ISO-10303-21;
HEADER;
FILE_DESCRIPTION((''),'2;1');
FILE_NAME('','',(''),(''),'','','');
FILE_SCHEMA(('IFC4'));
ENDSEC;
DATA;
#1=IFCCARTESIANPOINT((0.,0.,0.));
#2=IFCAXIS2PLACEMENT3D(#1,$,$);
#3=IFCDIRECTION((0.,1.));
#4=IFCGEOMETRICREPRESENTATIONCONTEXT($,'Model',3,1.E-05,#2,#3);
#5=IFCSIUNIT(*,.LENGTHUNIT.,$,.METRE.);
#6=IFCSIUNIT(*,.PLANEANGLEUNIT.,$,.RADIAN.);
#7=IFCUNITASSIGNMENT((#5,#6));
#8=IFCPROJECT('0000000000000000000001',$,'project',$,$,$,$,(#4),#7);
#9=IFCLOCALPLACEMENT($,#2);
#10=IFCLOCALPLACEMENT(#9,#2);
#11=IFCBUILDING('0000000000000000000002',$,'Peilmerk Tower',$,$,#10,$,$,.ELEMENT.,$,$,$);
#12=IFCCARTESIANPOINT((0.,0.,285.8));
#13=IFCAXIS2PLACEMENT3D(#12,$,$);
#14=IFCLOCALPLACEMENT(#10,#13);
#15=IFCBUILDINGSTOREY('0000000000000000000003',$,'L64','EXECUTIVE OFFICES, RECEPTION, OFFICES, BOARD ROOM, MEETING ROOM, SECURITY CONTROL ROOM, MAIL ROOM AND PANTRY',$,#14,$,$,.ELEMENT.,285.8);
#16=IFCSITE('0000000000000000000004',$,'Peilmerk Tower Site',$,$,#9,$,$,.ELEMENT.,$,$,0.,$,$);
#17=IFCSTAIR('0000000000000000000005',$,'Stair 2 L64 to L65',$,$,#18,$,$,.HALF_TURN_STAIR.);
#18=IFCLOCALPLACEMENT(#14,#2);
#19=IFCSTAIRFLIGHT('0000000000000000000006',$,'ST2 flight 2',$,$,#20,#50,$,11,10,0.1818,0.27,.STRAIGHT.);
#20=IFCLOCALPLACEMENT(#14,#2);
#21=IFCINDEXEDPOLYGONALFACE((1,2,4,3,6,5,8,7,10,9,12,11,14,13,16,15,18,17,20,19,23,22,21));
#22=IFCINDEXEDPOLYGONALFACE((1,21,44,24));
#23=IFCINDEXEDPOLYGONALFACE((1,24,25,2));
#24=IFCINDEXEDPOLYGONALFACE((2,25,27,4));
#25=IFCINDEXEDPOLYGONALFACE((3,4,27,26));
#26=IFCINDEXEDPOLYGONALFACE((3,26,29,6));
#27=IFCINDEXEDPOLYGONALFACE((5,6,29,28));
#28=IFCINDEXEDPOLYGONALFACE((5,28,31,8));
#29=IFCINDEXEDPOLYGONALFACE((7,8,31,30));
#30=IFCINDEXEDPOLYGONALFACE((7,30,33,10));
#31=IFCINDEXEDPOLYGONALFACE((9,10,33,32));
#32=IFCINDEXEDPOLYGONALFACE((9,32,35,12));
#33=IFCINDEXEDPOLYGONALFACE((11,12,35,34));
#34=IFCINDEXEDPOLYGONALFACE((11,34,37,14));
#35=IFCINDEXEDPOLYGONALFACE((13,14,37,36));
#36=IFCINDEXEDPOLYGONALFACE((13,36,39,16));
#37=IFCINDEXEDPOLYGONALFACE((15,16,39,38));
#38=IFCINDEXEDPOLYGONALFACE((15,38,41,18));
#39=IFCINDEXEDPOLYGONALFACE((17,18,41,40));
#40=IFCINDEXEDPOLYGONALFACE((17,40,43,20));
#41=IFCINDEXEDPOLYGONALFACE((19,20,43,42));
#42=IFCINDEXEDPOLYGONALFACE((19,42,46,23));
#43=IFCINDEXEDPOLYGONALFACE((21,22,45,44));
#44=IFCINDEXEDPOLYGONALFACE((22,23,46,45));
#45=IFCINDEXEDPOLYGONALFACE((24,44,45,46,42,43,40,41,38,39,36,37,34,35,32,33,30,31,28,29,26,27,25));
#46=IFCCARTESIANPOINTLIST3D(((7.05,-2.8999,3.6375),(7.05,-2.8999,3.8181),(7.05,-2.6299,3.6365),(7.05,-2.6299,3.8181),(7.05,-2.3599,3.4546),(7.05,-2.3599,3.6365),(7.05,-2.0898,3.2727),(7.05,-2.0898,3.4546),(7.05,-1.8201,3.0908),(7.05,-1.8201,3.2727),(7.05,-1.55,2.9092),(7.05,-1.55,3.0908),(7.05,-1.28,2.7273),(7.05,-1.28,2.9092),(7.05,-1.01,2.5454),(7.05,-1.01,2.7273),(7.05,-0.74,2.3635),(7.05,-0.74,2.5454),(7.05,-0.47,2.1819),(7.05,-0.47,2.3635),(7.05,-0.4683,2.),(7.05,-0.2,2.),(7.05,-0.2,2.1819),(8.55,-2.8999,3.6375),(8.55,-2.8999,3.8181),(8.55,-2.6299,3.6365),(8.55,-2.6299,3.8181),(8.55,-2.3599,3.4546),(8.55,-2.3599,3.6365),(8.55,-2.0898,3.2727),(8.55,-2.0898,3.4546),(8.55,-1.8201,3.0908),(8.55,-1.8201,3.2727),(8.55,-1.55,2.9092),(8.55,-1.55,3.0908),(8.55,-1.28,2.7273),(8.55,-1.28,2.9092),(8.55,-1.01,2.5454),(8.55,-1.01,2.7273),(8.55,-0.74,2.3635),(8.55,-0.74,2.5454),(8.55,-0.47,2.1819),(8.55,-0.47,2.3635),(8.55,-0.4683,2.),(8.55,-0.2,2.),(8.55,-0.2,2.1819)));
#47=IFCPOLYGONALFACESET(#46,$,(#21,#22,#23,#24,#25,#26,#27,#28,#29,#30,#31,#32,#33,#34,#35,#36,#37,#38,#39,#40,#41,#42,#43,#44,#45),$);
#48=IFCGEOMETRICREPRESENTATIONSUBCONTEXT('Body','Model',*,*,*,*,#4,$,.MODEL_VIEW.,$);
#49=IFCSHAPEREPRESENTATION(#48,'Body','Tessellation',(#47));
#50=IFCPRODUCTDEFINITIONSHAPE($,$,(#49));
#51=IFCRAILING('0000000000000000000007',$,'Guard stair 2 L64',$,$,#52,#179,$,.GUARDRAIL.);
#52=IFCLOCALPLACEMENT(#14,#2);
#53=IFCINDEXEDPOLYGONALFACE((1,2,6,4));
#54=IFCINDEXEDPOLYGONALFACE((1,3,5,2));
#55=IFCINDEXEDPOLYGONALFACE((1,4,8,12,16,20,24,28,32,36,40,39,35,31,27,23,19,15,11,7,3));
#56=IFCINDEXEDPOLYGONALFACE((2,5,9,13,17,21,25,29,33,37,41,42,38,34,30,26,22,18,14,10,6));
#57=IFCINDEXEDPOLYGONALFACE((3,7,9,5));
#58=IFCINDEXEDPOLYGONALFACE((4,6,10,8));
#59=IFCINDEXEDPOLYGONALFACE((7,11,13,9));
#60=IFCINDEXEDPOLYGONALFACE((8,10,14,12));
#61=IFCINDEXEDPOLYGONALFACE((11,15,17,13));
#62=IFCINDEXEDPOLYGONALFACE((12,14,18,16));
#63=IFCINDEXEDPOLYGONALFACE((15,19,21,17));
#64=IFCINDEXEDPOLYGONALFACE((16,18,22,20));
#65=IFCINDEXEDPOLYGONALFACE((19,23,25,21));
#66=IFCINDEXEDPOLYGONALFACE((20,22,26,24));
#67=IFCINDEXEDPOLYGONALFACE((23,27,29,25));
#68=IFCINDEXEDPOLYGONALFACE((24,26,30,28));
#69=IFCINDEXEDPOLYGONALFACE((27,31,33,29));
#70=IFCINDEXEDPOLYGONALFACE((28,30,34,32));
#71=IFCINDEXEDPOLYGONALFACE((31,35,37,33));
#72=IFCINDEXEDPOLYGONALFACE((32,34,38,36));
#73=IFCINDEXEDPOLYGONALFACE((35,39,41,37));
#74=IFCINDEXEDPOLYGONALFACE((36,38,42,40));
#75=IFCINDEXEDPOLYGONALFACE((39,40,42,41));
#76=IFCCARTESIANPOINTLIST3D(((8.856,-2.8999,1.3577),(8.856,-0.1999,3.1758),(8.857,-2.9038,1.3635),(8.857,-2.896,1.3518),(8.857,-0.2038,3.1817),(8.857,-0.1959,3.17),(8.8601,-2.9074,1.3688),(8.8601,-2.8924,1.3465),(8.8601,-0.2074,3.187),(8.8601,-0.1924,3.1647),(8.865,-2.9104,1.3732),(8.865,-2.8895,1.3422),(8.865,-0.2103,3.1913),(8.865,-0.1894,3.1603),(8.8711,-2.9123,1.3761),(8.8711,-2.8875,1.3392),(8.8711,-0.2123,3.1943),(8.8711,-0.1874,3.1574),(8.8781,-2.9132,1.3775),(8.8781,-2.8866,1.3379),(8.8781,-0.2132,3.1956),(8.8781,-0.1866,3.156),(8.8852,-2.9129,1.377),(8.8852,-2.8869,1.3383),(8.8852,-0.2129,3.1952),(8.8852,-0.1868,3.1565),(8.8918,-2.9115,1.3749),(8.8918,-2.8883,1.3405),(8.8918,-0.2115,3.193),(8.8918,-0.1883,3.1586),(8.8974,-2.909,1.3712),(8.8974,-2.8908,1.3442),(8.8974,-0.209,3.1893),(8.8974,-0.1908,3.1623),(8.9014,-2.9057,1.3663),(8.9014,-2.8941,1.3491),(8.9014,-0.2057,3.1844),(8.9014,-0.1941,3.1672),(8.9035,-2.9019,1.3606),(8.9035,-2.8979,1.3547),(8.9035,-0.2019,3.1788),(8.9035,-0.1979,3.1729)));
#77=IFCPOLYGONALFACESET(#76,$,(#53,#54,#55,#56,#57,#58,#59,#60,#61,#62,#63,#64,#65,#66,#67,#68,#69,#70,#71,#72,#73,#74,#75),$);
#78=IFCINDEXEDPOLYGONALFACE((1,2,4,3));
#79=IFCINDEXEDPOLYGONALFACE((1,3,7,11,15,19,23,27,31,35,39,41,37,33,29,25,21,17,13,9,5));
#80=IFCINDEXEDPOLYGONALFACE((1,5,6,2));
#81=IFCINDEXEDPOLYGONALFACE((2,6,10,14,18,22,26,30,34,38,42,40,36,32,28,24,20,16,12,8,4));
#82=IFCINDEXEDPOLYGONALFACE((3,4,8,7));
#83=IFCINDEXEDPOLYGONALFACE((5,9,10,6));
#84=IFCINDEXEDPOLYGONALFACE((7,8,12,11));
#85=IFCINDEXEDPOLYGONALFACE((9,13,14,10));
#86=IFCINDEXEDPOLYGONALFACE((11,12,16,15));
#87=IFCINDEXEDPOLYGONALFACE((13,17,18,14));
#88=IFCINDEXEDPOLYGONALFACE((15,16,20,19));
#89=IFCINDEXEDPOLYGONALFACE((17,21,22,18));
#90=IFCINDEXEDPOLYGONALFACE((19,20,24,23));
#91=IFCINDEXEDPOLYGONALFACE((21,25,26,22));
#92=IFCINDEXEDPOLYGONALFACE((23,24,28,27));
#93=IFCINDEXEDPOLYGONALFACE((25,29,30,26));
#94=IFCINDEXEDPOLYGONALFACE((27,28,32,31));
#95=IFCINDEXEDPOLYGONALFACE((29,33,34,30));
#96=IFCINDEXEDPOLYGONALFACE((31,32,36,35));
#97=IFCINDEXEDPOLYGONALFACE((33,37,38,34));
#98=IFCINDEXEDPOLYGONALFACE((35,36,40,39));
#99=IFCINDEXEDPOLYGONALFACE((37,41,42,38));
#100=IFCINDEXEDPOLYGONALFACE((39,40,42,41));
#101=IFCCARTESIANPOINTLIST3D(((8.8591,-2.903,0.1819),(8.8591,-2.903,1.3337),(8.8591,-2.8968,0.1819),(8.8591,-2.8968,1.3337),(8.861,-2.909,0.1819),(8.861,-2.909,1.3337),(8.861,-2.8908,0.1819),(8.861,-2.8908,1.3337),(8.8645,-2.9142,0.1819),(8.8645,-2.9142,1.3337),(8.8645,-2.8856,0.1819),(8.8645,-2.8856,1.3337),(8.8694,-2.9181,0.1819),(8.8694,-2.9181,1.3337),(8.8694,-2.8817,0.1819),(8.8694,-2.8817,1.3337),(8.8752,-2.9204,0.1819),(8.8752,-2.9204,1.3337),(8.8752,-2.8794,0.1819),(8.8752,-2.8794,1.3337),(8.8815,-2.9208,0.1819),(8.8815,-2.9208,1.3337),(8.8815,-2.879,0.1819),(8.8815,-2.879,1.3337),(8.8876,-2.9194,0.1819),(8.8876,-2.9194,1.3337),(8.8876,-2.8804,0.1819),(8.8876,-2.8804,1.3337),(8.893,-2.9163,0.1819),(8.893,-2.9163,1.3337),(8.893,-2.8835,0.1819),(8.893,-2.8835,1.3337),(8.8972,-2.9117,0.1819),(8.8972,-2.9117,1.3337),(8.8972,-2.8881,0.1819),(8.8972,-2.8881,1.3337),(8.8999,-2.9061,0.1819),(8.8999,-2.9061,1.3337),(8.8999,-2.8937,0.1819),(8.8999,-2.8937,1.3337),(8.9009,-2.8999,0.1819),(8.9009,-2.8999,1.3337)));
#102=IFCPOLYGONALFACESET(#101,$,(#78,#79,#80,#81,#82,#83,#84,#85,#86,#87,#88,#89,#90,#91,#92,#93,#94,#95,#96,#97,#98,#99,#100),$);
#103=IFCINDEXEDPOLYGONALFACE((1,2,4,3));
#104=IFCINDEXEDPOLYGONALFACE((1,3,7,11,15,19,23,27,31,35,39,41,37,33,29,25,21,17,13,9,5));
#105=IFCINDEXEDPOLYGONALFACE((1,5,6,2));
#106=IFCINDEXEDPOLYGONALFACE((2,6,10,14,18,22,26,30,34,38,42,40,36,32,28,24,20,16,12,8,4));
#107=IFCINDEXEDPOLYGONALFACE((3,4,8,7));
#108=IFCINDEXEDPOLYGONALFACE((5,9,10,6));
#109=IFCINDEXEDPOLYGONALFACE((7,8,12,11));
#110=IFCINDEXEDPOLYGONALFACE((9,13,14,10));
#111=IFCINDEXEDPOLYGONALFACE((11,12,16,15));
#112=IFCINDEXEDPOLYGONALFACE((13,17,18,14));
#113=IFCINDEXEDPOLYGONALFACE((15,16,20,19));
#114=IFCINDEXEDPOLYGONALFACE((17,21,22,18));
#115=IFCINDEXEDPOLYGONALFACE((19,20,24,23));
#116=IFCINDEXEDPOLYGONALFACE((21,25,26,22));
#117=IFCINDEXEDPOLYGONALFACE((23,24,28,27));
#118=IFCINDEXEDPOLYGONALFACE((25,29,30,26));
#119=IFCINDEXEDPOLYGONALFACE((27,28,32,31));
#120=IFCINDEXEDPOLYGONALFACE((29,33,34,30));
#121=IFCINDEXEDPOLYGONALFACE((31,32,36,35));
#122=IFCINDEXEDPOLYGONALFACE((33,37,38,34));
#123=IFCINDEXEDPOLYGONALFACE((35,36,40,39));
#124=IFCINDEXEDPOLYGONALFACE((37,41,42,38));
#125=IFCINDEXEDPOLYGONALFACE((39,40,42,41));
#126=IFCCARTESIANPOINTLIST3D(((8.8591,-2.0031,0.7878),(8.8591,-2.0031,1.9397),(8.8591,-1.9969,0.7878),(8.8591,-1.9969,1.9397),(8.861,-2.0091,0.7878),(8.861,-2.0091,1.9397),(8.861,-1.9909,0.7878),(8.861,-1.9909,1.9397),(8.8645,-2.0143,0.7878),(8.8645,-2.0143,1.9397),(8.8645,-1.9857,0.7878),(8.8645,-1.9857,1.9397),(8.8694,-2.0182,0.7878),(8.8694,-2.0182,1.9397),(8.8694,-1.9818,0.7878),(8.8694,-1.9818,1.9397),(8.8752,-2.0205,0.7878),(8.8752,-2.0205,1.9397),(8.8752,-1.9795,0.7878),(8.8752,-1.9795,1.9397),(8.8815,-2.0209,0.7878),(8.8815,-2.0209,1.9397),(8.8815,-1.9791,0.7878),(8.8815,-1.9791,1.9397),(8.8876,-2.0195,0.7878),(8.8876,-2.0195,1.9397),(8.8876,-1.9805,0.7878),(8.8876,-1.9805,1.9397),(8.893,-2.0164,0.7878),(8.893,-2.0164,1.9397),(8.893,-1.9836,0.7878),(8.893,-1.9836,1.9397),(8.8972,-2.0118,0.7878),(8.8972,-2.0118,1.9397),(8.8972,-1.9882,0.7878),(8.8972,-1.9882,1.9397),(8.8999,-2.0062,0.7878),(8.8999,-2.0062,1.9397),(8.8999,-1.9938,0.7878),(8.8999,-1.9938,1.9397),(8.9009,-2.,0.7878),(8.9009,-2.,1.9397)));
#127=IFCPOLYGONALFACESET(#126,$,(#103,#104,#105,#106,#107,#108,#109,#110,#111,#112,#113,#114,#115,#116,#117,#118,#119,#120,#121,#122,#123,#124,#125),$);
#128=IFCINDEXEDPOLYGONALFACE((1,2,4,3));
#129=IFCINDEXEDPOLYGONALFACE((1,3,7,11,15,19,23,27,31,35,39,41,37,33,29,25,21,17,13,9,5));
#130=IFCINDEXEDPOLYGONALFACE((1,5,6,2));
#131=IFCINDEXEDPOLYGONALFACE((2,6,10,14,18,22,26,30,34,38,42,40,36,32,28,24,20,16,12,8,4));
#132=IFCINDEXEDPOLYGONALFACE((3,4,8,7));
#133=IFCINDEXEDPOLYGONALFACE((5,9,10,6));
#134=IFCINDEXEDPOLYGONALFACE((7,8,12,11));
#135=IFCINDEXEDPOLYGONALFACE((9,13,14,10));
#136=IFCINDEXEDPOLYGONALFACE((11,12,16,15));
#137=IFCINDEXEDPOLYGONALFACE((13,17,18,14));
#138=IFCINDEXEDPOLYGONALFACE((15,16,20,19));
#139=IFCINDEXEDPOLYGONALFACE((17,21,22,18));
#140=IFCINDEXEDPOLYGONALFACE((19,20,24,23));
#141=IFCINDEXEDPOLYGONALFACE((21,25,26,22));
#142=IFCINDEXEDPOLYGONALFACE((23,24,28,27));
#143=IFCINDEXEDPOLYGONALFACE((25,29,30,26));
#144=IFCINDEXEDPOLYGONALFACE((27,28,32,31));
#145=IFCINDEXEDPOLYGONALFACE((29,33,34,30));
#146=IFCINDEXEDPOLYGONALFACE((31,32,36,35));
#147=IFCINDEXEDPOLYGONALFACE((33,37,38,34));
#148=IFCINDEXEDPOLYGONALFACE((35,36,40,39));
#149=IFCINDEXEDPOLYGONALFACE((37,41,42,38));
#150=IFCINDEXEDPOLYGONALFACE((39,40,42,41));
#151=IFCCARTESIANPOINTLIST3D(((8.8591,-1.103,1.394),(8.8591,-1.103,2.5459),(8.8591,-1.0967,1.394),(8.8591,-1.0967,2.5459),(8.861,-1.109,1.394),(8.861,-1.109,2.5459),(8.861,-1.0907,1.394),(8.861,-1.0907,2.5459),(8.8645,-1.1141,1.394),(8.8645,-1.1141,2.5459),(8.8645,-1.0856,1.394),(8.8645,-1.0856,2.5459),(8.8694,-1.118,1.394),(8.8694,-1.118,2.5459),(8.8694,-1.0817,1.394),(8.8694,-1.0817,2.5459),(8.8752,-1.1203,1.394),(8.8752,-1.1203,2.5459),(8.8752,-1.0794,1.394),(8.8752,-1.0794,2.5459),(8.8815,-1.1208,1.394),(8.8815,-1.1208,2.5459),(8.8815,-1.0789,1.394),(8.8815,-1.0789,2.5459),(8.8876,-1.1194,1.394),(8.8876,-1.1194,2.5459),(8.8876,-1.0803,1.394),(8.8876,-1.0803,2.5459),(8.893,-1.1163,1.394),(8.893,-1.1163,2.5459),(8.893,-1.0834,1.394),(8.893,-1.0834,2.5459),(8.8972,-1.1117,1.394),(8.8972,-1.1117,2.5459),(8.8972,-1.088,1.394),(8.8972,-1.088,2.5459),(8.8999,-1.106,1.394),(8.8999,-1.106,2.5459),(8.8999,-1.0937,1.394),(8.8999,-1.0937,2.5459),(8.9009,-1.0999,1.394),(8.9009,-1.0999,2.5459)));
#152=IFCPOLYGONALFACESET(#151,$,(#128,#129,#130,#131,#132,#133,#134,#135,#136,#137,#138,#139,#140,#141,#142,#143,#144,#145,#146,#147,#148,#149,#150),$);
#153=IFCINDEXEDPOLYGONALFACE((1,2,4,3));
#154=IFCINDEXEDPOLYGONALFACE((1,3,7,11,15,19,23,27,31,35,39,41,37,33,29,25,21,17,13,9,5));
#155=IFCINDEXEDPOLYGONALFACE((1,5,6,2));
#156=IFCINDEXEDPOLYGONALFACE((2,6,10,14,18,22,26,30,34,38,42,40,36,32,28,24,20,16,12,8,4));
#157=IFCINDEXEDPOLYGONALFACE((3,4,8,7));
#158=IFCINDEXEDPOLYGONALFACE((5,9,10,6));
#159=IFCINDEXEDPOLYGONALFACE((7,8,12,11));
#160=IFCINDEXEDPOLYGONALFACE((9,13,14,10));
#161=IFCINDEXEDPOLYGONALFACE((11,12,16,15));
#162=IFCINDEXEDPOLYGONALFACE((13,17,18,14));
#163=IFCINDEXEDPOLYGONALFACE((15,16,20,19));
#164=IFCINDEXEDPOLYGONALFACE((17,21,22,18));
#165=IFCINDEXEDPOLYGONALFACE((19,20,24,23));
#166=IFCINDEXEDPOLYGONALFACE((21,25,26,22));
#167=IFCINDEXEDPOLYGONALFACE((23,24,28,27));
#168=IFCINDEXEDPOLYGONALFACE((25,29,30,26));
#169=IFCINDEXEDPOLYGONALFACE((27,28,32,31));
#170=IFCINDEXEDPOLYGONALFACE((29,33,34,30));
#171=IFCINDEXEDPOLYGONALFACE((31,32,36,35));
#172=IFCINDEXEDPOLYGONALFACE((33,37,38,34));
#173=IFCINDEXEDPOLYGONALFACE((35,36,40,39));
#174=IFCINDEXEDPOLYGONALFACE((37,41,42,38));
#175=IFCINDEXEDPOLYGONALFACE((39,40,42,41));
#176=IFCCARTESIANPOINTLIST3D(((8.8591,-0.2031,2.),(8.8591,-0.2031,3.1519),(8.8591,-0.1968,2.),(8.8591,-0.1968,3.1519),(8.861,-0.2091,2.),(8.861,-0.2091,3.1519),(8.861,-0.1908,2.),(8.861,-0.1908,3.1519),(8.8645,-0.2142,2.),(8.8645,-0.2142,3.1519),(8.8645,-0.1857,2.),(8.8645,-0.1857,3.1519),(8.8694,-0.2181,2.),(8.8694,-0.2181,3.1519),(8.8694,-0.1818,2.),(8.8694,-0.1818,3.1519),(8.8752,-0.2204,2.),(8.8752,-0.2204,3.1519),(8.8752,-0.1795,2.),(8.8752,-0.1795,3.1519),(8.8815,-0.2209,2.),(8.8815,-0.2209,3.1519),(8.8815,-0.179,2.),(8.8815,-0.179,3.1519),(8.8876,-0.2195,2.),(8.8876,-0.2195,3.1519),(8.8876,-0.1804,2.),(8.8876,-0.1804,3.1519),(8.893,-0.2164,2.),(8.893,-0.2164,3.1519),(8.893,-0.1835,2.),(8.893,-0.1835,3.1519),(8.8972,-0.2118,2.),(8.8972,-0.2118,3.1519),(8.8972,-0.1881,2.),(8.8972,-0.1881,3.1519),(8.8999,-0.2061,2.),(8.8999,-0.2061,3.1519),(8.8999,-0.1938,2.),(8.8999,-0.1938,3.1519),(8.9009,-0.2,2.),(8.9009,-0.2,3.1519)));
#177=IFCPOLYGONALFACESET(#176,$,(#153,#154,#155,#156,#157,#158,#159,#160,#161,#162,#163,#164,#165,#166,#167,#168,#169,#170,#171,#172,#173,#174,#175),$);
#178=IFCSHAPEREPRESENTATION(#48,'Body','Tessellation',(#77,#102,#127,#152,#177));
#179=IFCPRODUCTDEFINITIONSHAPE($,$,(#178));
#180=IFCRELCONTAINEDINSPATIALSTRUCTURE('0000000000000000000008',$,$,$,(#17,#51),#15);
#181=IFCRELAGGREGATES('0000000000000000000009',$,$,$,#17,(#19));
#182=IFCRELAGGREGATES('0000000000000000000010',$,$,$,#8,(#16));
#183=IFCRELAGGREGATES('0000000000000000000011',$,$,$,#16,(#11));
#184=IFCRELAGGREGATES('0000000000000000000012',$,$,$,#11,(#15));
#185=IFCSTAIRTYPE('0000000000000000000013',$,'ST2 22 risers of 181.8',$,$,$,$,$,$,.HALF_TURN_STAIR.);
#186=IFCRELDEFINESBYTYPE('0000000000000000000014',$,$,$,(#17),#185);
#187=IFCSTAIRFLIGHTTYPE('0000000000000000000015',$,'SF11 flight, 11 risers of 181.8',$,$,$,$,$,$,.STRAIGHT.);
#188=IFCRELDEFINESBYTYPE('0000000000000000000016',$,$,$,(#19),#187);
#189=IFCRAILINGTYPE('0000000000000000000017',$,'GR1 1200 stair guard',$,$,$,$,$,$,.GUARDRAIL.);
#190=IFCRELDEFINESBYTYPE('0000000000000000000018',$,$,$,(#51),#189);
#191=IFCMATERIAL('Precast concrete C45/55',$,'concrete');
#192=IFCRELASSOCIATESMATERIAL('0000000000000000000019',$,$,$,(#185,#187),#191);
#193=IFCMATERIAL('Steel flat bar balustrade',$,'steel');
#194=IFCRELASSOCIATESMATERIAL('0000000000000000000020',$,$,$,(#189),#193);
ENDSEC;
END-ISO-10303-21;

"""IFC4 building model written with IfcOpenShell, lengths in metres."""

from ifc_helpers import new_model, si_unit, direction, frame, origin, origin_2d, place, context, subcontext, project, spatial, polyline, circle, outline, extrude, material, type_object, element, aggregate, save


model = new_model("IFC4")

# Units and contexts
model_context = context("Model", 3, precision=1e-05, world=origin(), true_north=direction((0.0, 1.0)))
body_context = subcontext(model_context, "Body", "Model", "MODEL_VIEW")
ifc_project = project(units=[si_unit("LENGTHUNIT", "METRE"), si_unit("PLANEANGLEUNIT", "RADIAN")], contexts=[model_context])

# Site, building, storey
site_placement = place(None, origin())
site = spatial("IfcSite", under=ifc_project, at=site_placement, Name="Peilmerk Tower Site", CompositionType="ELEMENT", RefElevation=0.0)
building_placement = place(site_placement, origin())
building = spatial("IfcBuilding", under=site, at=building_placement, Name="Peilmerk Tower", CompositionType="ELEMENT")
storey_placement = place(building_placement, frame((0.0, 0.0, 285.8)))
storey = spatial("IfcBuildingStorey", under=building, at=storey_placement, Name="L64", Description="EXECUTIVE OFFICES, RECEPTION, OFFICES, BOARD ROOM, MEETING ROOM, SECURITY CONTROL ROOM, MAIL ROOM AND PANTRY", CompositionType="ELEMENT", Elevation=285.8)

# Stair
ifc_material_1 = material(Name="Precast concrete C45/55", Category="concrete")
stair_type_1 = type_object("IfcStairType", Name="ST2 22 risers of 181.8", PredefinedType="HALF_TURN_STAIR", material=ifc_material_1)
stair_1_placement = place(storey_placement, origin())
stair_1 = element("IfcStair", 1, at=stair_1_placement, inside=storey, type_object=stair_type_1, Name="Stair 2 L64 to L65", PredefinedType="HALF_TURN_STAIR")

# Stair flight
stair_flight_type = type_object("IfcStairFlightType", Name="SF11 flight, 11 risers of 181.8", PredefinedType="STRAIGHT", material=ifc_material_1)
stair_flight_1_placement = place(storey_placement, frame((7.8, -0.2, 2.0), z_axis=(0.0, 0.0, 1.0), x_axis=(0.0, -1.0, 0.0)))
stair_flight_1 = element("IfcStairFlight", 2, at=stair_flight_1_placement, type_object=stair_flight_type, Name="ST2 flight 2", NumberOfRisers=11, NumberOfTreads=10, PredefinedType="STRAIGHT", RiserHeight=0.1818, TreadLength=0.27, context=body_context, shape_type="SweptSolid", body=[
    extrude(outline(polyline([(0.0, 0.0), (0.0, 0.1819), (0.27, 0.1819), (0.27, 0.3635), (0.54, 0.3635), (0.54, 0.5454), (0.8101, 0.5454), (0.8101, 0.7273), (1.0801, 0.7273), (1.0801, 0.9092), (1.3501, 0.9092), (1.3501, 1.0908), (1.6201, 1.0908), (1.6201, 1.2727), (1.8899, 1.2727), (1.8899, 1.4546), (2.1599, 1.4546), (2.1599, 1.6365), (2.4299, 1.6365), (2.4299, 1.8181), (2.7, 1.8181), (2.7, 2.0), (2.7, 1.6375), (0.2683, 0.0), (0.0, 0.0)])), frame((0.0, 0.75, 0.0), z_axis=(0.0, -1.0, 0.0), x_axis=(1.0, 0.0, 0.0)), (0.0, 0.0, 1.0), 1.5),
])
aggregate(stair_1, [stair_flight_1])

# Railing
ifc_material_2 = material(Name="Steel flat bar balustrade", Category="steel")
railing_type_1 = type_object("IfcRailingType", Name="GR1 1200 stair guard", PredefinedType="GUARDRAIL", material=ifc_material_2)
railing_1_placement = place(storey_placement, frame((8.8799, -2.8999, 0.1819)))
element("IfcRailing", 3, at=railing_1_placement, inside=storey, type_object=railing_type_1, Name="Guard stair 2 L64", PredefinedType="GUARDRAIL", context=body_context, shape_type="SweptSolid", body=[
    extrude(circle(Radius=0.0239, at=origin_2d()), frame((0.0, 0.0, 1.1758), z_axis=(0.0, 0.829468, 0.558554), x_axis=(-1.0, 0.0, 0.0)), (0.0, 0.0, 1.0), 3.2551),
    extrude(circle(Radius=0.021, at=origin_2d()), origin(), (0.0, 0.0, 1.0), 1.1519),
    extrude(circle(Radius=0.021, at=origin_2d()), frame((0.0, 0.8999, 0.606)), (0.0, 0.0, 1.0), 1.1519),
    extrude(circle(Radius=0.021, at=origin_2d()), frame((0.0, 1.8, 1.2122)), (0.0, 0.0, 1.0), 1.1519),
    extrude(circle(Radius=0.021, at=origin_2d()), frame((0.0, 2.7, 1.8181)), (0.0, 0.0, 1.0), 1.1519),
])

save(model, "model.ifc")
